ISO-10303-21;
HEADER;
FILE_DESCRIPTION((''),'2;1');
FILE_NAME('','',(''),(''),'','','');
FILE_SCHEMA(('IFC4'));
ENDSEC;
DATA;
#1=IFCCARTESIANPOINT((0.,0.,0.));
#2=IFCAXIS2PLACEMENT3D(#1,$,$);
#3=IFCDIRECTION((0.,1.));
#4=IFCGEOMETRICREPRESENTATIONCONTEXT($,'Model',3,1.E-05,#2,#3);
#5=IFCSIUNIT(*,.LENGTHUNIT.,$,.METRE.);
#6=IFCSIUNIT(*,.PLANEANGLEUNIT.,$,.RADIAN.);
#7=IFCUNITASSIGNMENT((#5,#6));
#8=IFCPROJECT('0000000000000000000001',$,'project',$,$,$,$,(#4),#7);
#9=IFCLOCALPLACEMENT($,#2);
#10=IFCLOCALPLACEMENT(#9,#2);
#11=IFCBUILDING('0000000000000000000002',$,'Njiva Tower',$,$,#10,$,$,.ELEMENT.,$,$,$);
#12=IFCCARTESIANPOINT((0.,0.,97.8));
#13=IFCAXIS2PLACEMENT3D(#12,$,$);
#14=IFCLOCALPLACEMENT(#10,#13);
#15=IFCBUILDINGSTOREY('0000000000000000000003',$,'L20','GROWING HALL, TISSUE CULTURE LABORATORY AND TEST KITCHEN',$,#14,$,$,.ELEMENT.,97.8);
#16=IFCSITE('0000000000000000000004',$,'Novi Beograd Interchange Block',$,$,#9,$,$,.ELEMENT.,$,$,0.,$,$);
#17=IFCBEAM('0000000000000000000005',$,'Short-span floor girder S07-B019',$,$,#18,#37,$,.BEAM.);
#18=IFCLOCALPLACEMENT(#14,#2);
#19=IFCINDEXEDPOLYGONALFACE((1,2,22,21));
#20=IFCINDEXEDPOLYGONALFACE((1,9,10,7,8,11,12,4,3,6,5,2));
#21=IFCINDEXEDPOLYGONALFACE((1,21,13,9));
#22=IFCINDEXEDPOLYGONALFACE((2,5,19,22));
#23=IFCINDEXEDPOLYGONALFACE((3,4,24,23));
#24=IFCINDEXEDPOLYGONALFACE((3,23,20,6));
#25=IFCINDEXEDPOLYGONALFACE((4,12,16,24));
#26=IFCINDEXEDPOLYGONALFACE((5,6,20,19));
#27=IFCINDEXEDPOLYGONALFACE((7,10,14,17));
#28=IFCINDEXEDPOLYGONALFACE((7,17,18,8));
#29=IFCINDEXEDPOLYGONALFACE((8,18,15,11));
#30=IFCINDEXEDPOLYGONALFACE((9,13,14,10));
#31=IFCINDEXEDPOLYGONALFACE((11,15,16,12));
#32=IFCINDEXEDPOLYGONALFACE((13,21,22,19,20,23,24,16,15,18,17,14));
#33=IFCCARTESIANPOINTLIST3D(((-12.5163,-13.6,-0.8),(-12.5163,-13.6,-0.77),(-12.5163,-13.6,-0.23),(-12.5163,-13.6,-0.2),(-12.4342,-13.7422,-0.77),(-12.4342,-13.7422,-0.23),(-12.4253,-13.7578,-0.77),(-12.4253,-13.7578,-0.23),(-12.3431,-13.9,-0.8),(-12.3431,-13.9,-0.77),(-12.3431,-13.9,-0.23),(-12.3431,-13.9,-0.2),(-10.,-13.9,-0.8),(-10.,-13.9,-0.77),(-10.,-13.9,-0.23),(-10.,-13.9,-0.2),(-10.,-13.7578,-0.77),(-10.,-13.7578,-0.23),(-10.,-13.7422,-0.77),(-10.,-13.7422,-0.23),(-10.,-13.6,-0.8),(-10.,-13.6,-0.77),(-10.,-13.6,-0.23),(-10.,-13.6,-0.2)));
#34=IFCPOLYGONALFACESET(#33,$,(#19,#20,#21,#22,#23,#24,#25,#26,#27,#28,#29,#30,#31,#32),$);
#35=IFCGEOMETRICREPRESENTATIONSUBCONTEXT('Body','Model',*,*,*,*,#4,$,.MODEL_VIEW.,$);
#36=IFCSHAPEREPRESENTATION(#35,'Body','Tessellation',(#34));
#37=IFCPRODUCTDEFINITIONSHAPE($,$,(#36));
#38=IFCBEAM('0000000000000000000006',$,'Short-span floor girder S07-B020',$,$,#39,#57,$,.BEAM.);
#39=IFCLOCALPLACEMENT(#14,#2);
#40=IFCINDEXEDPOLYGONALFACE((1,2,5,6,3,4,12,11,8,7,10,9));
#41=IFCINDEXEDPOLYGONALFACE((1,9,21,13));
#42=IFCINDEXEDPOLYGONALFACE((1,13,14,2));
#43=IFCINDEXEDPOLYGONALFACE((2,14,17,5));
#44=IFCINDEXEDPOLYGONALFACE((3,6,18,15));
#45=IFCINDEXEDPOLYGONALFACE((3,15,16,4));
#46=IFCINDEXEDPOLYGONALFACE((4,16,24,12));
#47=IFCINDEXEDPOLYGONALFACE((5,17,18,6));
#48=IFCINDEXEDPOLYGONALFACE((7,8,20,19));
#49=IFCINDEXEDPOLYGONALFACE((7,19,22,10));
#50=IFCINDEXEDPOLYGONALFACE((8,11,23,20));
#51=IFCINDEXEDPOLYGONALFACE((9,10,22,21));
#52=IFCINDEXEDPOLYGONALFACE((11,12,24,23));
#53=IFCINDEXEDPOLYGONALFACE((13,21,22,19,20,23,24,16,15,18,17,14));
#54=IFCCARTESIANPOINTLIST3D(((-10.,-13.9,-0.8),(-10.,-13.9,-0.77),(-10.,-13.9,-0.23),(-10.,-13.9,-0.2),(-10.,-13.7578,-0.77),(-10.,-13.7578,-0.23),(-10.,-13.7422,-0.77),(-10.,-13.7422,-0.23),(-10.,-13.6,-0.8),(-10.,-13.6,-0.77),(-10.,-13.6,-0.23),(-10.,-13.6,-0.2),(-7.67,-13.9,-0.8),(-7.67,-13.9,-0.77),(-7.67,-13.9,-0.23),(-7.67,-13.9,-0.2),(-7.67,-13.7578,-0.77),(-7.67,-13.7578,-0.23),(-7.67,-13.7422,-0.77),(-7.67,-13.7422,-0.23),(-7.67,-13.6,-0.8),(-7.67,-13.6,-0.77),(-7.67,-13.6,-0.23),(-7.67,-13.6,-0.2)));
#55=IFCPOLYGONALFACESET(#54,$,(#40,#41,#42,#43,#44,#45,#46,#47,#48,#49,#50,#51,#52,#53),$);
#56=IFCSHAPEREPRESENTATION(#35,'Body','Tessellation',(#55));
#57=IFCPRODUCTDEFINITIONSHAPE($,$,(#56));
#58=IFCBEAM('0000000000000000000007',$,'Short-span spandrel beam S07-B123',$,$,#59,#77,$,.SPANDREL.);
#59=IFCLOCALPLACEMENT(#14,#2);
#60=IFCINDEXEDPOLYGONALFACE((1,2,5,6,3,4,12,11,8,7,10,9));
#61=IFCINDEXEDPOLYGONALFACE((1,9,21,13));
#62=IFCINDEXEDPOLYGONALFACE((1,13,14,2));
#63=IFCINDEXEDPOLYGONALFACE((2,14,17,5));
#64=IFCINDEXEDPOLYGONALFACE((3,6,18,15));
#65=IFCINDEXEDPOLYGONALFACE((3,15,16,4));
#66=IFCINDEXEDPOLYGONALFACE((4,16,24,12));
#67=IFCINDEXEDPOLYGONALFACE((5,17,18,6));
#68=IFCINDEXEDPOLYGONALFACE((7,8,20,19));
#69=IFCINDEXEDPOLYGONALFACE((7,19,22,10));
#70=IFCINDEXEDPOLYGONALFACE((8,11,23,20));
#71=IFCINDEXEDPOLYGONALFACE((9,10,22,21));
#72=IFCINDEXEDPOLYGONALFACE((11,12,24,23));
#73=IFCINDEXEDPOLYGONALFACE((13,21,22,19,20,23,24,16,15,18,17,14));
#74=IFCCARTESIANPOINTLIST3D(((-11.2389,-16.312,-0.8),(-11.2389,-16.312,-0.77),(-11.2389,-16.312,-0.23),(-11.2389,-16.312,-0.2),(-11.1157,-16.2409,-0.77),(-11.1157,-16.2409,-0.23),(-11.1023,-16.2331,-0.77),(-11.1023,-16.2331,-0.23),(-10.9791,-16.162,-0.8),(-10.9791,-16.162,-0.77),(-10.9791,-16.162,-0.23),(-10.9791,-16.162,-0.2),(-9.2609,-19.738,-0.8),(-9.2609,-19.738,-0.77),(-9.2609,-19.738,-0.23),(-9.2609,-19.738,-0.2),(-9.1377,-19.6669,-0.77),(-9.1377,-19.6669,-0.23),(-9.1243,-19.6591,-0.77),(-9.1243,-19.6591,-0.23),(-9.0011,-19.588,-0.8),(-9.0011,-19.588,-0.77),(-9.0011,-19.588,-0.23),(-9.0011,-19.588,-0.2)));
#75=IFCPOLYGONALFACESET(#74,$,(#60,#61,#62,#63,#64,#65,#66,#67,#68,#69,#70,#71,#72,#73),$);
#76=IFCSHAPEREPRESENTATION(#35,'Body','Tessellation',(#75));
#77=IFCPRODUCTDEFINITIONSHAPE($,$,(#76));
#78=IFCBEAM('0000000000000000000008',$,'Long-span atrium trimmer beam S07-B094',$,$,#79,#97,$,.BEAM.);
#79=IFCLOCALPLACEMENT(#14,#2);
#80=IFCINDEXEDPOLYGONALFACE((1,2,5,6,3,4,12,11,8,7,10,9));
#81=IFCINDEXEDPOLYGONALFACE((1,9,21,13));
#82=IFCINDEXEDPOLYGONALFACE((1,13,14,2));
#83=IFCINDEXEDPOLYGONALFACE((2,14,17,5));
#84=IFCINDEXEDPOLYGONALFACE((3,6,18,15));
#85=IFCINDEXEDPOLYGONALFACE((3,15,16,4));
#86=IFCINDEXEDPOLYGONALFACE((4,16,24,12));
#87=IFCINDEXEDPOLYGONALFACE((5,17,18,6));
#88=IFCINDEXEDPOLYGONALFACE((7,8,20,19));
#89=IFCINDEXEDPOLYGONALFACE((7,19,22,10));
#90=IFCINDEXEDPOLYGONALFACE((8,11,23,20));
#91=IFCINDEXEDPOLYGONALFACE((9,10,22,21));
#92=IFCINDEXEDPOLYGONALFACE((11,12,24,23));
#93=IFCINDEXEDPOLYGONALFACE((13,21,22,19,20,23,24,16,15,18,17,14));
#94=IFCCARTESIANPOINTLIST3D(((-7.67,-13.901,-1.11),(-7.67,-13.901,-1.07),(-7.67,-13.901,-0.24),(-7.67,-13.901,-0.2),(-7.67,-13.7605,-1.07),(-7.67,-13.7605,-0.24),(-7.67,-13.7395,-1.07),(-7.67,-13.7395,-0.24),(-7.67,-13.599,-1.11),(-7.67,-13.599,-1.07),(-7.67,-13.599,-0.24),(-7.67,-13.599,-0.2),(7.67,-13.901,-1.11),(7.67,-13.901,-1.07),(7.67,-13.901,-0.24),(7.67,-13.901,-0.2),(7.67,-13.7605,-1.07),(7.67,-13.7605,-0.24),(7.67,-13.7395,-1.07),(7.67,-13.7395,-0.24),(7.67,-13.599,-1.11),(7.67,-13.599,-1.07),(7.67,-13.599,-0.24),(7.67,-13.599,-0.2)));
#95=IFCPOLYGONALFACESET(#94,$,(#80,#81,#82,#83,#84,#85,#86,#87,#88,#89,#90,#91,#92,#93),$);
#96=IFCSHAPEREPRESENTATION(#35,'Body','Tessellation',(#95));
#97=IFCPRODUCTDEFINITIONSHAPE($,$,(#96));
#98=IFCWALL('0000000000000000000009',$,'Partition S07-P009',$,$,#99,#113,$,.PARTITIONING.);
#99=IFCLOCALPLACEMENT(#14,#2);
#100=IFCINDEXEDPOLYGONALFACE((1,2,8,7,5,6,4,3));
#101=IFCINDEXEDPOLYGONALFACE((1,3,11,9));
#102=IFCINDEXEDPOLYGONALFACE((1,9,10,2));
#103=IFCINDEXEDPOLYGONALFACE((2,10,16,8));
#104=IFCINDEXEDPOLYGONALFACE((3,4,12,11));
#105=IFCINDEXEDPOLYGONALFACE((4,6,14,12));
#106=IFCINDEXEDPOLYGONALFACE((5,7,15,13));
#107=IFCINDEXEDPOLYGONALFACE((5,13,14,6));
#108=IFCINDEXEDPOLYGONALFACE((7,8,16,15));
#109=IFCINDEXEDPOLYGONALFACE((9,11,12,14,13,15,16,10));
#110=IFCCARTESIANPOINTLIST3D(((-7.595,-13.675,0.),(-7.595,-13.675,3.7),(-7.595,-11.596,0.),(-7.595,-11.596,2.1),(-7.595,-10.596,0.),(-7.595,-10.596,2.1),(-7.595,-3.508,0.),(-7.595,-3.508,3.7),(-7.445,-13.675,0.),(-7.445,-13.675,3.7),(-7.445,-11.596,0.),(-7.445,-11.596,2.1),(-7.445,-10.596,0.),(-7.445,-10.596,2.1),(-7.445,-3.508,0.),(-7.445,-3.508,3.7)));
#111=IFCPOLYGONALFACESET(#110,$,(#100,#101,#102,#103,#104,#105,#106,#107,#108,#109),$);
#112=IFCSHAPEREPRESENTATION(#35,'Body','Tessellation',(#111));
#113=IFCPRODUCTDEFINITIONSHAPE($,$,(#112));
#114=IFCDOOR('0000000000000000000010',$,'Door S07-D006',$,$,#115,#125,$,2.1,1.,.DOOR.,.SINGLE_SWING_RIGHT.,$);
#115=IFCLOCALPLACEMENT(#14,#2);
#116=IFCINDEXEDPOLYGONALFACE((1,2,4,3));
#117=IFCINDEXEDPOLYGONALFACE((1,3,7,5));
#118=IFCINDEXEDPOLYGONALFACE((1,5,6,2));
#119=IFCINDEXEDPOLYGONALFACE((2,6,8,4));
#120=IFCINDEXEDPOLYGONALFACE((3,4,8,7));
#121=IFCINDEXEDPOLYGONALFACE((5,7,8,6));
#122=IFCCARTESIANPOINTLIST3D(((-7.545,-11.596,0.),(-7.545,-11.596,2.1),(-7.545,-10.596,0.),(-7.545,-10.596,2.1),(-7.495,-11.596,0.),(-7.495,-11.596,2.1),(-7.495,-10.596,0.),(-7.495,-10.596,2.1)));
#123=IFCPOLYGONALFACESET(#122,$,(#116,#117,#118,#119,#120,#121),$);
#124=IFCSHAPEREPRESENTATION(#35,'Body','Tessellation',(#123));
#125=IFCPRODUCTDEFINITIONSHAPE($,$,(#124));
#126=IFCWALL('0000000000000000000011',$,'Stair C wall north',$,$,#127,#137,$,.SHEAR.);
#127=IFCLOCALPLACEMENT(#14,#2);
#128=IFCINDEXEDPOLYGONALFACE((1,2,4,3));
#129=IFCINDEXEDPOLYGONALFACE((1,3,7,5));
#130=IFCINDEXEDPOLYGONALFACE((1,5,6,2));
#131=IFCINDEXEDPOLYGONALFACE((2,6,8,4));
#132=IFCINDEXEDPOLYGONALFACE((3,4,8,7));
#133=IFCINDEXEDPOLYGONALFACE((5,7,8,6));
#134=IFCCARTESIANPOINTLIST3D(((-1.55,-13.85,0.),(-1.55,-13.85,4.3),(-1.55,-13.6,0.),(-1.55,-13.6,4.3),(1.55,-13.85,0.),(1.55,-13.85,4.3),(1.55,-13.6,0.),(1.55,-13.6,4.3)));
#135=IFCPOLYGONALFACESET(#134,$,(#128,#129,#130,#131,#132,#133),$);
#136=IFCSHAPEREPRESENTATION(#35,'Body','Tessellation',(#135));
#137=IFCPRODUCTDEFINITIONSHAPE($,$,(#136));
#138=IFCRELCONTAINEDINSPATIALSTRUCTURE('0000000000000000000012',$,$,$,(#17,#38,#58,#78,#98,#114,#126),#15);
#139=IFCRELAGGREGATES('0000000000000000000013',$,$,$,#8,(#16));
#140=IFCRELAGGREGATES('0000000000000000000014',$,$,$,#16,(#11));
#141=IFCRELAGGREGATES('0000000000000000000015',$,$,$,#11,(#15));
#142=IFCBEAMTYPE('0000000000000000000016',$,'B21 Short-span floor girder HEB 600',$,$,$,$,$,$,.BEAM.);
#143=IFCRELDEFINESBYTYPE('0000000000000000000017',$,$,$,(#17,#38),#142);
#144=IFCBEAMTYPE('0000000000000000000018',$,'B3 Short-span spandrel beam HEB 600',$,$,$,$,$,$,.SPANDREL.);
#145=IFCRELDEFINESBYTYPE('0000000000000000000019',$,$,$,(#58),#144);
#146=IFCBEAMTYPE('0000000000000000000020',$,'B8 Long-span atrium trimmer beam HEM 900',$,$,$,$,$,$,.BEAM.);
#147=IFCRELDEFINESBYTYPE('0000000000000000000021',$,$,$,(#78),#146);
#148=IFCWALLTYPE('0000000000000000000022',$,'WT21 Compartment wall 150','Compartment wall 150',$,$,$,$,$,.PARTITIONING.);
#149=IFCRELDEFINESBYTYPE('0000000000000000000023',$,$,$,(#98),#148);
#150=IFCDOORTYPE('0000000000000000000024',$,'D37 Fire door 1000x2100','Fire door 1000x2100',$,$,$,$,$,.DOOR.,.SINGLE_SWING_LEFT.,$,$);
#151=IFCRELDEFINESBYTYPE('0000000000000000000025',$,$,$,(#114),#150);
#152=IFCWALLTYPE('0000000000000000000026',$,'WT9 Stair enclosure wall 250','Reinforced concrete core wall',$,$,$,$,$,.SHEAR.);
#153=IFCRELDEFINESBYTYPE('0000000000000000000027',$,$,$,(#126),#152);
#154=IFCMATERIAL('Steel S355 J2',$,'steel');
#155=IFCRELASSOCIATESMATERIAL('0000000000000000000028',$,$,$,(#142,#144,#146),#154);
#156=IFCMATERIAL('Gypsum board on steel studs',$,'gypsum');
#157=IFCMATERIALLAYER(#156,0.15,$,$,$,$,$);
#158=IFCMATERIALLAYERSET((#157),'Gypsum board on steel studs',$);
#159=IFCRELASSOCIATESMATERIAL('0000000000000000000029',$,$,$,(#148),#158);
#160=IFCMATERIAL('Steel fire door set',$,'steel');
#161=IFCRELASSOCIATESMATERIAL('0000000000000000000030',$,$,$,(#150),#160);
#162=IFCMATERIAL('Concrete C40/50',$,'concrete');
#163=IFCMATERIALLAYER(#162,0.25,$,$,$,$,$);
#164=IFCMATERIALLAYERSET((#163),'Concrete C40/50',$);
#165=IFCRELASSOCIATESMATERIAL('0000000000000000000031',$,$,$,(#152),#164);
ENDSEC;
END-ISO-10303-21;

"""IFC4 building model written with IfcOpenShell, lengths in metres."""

from ifc_helpers import new_model, si_unit, direction, frame, frame_2d, origin, origin_2d, place, context, subcontext, project, spatial, rectangle, i_section, extrude, clip, halfspace, material, layer, layer_set, material_profile, profile_set, type_object, element, fill, save


model = new_model("IFC4")

# Units and contexts
model_context = context("Model", 3, precision=1e-05, world=origin(), true_north=direction((0.0, 1.0)))
body_context = subcontext(model_context, "Body", "Model", "MODEL_VIEW")
ifc_project = project(units=[si_unit("LENGTHUNIT", "METRE"), si_unit("PLANEANGLEUNIT", "RADIAN")], contexts=[model_context])

# Site, building, storey
site_placement = place(None, origin())
site = spatial("IfcSite", under=ifc_project, at=site_placement, Name="Novi Beograd Interchange Block", CompositionType="ELEMENT", RefElevation=0.0)
building_placement = place(site_placement, origin())
building = spatial("IfcBuilding", under=site, at=building_placement, Name="Njiva Tower", CompositionType="ELEMENT")
storey_placement = place(building_placement, frame((0.0, 0.0, 97.8)))
storey = spatial("IfcBuildingStorey", under=building, at=storey_placement, Name="L20", Description="GROWING HALL, TISSUE CULTURE LABORATORY AND TEST KITCHEN", CompositionType="ELEMENT", Elevation=97.8)

# Shared definitions
ifc_material_1 = material(Name="Steel S355 J2", Category="steel")

# Beams
ifc_material_profile_1 = material_profile(ifc_material_1, i_section(OverallWidth=0.3, OverallDepth=0.6, WebThickness=0.0155, FlangeThickness=0.03, at=origin_2d()), Name="HEB 600")
ifc_profile_set_1 = profile_set([ifc_material_profile_1], Name="Steel S355 J2")
beam_type_1 = type_object("IfcBeamType", Name="B21 Short-span floor girder HEB 600", PredefinedType="BEAM", material=ifc_profile_set_1)
beam_1_placement = place(storey_placement, frame((-12.537, -13.75, -0.5), z_axis=(1.0, 0.0, 0.0), x_axis=(0.0, 1.0, 0.0)))
element("IfcBeam", 1, at=beam_1_placement, inside=storey, type_object=beam_type_1, Name="Short-span floor girder S07-B019", PredefinedType="BEAM", context=body_context, shape_type="Clipping", body=[
    clip(extrude(i_section(OverallWidth=0.3, OverallDepth=0.6, WebThickness=0.0155, FlangeThickness=0.03, at=origin_2d()), origin(), (0.0, 0.0, 1.0), 2.537), halfspace(frame((-0.025, 0.0, 0.1217), z_axis=(-0.499998, 0.0, -0.866027), x_axis=(0.0, -1.0, 0.0)), False)),
])
beam_2_placement = place(storey_placement, frame((-10.0, -13.75, -0.5), z_axis=(1.0, 0.0, 0.0), x_axis=(0.0, 1.0, 0.0)))
element("IfcBeam", 2, at=beam_2_placement, inside=storey, type_object=beam_type_1, Name="Short-span floor girder S07-B020", PredefinedType="BEAM", context=body_context, shape_type="SweptSolid", body=[
    extrude(i_section(OverallWidth=0.3, OverallDepth=0.6, WebThickness=0.0155, FlangeThickness=0.03, at=origin_2d()), origin(), (0.0, 0.0, 1.0), 2.33),
])
ifc_material_profile_2 = material_profile(ifc_material_1, i_section(OverallWidth=0.3, OverallDepth=0.6, WebThickness=0.0155, FlangeThickness=0.03, at=origin_2d()), Name="HEB 600")
ifc_profile_set_2 = profile_set([ifc_material_profile_2], Name="Steel S355 J2")
beam_type_2 = type_object("IfcBeamType", Name="B3 Short-span spandrel beam HEB 600", PredefinedType="SPANDREL", material=ifc_profile_set_2)
beam_3_placement = place(storey_placement, frame((-11.109, -16.237, -0.5), z_axis=(0.5, -0.866026, 0.0), x_axis=(0.866026, 0.5, 0.0)))
element("IfcBeam", 3, at=beam_3_placement, inside=storey, type_object=beam_type_2, Name="Short-span spandrel beam S07-B123", PredefinedType="SPANDREL", context=body_context, shape_type="SweptSolid", body=[
    extrude(i_section(OverallWidth=0.3, OverallDepth=0.6, WebThickness=0.0155, FlangeThickness=0.03, at=origin_2d()), origin(), (0.0, 0.0, 1.0), 3.956),
])
ifc_material_profile_3 = material_profile(ifc_material_1, i_section(OverallWidth=0.302, OverallDepth=0.91, WebThickness=0.021, FlangeThickness=0.04, at=origin_2d()), Name="HEM 900")
ifc_profile_set_3 = profile_set([ifc_material_profile_3], Name="Steel S355 J2")
beam_type_3 = type_object("IfcBeamType", Name="B8 Long-span atrium trimmer beam HEM 900", PredefinedType="BEAM", material=ifc_profile_set_3)
beam_4_placement = place(storey_placement, frame((-7.67, -13.75, -0.655), z_axis=(1.0, 0.0, 0.0), x_axis=(0.0, 1.0, 0.0)))
element("IfcBeam", 4, at=beam_4_placement, inside=storey, type_object=beam_type_3, Name="Long-span atrium trimmer beam S07-B094", PredefinedType="BEAM", context=body_context, shape_type="SweptSolid", body=[
    extrude(i_section(OverallWidth=0.302, OverallDepth=0.91, WebThickness=0.021, FlangeThickness=0.04, at=origin_2d()), origin(), (0.0, 0.0, 1.0), 15.34),
])

# Wall, opening, door
ifc_material_2 = material(Name="Gypsum board on steel studs", Category="gypsum")
ifc_layer_1 = layer(ifc_material_2, 0.15)
ifc_layer_set_1 = layer_set([ifc_layer_1], Name="Gypsum board on steel studs")
wall_type_1 = type_object("IfcWallType", Name="WT21 Compartment wall 150", Description="Compartment wall 150", PredefinedType="PARTITIONING", material=ifc_layer_set_1)
wall_1_placement = place(storey_placement, frame((-7.52, -13.675, 0.0), z_axis=(0.0, 0.0, 1.0), x_axis=(0.0, 1.0, 0.0)))
wall_1 = element("IfcWall", 5, at=wall_1_placement, inside=storey, type_object=wall_type_1, Name="Partition S07-P009", PredefinedType="PARTITIONING", context=body_context, shape_type="SweptSolid", body=[
    extrude(rectangle(XDim=10.167, YDim=0.15, at=frame_2d((5.0835, 0.0))), origin(), (0.0, 0.0, 1.0), 3.7),
])
opening_placement = place(wall_1_placement, frame((2.079, 0.0, 0.0)))
opening = element("IfcOpeningElement", 6, at=opening_placement, cuts=wall_1, PredefinedType="OPENING", context=body_context, shape_type="SweptSolid", body=[
    extrude(rectangle(XDim=1.0, YDim=2.1, at=frame_2d((0.5, 1.05))), frame((0.0, 0.085, 0.0), z_axis=(0.0, -1.0, 0.0), x_axis=(1.0, 0.0, 0.0)), (0.0, 0.0, 1.0), 0.17),
])
ifc_material_3 = material(Name="Steel fire door set", Category="steel")
door_type = type_object("IfcDoorType", Name="D37 Fire door 1000x2100", Description="Fire door 1000x2100", OperationType="SINGLE_SWING_LEFT", PredefinedType="DOOR", material=ifc_material_3)
door_placement = place(opening_placement, origin())
door = element("IfcDoor", 7, at=door_placement, inside=storey, type_object=door_type, Name="Door S07-D006", OperationType="SINGLE_SWING_RIGHT", OverallHeight=2.1, OverallWidth=1.0, PredefinedType="DOOR", context=body_context, shape_type="SweptSolid", body=[
    extrude(rectangle(XDim=1.0, YDim=2.1, at=frame_2d((0.5, 1.05))), frame((0.0, 0.025, 0.0), z_axis=(0.0, -1.0, 0.0), x_axis=(1.0, 0.0, 0.0)), (0.0, 0.0, 1.0), 0.05),
])
fill(opening, door)

# Wall
ifc_material_4 = material(Name="Concrete C40/50", Category="concrete")
ifc_layer_2 = layer(ifc_material_4, 0.25)
ifc_layer_set_2 = layer_set([ifc_layer_2], Name="Concrete C40/50")
wall_type_2 = type_object("IfcWallType", Name="WT9 Stair enclosure wall 250", Description="Reinforced concrete core wall", PredefinedType="SHEAR", material=ifc_layer_set_2)
wall_2_placement = place(storey_placement, frame((-1.55, -13.725, 0.0), z_axis=(0.0, 0.0, 1.0), x_axis=(1.0, 0.0, 0.0)))
element("IfcWall", 8, at=wall_2_placement, inside=storey, type_object=wall_type_2, Name="Stair C wall north", PredefinedType="SHEAR", context=body_context, shape_type="SweptSolid", body=[
    extrude(rectangle(XDim=3.1, YDim=0.25, at=frame_2d((1.55, 0.0))), origin(), (0.0, 0.0, 1.0), 4.3),
])

save(model, "model.ifc")
